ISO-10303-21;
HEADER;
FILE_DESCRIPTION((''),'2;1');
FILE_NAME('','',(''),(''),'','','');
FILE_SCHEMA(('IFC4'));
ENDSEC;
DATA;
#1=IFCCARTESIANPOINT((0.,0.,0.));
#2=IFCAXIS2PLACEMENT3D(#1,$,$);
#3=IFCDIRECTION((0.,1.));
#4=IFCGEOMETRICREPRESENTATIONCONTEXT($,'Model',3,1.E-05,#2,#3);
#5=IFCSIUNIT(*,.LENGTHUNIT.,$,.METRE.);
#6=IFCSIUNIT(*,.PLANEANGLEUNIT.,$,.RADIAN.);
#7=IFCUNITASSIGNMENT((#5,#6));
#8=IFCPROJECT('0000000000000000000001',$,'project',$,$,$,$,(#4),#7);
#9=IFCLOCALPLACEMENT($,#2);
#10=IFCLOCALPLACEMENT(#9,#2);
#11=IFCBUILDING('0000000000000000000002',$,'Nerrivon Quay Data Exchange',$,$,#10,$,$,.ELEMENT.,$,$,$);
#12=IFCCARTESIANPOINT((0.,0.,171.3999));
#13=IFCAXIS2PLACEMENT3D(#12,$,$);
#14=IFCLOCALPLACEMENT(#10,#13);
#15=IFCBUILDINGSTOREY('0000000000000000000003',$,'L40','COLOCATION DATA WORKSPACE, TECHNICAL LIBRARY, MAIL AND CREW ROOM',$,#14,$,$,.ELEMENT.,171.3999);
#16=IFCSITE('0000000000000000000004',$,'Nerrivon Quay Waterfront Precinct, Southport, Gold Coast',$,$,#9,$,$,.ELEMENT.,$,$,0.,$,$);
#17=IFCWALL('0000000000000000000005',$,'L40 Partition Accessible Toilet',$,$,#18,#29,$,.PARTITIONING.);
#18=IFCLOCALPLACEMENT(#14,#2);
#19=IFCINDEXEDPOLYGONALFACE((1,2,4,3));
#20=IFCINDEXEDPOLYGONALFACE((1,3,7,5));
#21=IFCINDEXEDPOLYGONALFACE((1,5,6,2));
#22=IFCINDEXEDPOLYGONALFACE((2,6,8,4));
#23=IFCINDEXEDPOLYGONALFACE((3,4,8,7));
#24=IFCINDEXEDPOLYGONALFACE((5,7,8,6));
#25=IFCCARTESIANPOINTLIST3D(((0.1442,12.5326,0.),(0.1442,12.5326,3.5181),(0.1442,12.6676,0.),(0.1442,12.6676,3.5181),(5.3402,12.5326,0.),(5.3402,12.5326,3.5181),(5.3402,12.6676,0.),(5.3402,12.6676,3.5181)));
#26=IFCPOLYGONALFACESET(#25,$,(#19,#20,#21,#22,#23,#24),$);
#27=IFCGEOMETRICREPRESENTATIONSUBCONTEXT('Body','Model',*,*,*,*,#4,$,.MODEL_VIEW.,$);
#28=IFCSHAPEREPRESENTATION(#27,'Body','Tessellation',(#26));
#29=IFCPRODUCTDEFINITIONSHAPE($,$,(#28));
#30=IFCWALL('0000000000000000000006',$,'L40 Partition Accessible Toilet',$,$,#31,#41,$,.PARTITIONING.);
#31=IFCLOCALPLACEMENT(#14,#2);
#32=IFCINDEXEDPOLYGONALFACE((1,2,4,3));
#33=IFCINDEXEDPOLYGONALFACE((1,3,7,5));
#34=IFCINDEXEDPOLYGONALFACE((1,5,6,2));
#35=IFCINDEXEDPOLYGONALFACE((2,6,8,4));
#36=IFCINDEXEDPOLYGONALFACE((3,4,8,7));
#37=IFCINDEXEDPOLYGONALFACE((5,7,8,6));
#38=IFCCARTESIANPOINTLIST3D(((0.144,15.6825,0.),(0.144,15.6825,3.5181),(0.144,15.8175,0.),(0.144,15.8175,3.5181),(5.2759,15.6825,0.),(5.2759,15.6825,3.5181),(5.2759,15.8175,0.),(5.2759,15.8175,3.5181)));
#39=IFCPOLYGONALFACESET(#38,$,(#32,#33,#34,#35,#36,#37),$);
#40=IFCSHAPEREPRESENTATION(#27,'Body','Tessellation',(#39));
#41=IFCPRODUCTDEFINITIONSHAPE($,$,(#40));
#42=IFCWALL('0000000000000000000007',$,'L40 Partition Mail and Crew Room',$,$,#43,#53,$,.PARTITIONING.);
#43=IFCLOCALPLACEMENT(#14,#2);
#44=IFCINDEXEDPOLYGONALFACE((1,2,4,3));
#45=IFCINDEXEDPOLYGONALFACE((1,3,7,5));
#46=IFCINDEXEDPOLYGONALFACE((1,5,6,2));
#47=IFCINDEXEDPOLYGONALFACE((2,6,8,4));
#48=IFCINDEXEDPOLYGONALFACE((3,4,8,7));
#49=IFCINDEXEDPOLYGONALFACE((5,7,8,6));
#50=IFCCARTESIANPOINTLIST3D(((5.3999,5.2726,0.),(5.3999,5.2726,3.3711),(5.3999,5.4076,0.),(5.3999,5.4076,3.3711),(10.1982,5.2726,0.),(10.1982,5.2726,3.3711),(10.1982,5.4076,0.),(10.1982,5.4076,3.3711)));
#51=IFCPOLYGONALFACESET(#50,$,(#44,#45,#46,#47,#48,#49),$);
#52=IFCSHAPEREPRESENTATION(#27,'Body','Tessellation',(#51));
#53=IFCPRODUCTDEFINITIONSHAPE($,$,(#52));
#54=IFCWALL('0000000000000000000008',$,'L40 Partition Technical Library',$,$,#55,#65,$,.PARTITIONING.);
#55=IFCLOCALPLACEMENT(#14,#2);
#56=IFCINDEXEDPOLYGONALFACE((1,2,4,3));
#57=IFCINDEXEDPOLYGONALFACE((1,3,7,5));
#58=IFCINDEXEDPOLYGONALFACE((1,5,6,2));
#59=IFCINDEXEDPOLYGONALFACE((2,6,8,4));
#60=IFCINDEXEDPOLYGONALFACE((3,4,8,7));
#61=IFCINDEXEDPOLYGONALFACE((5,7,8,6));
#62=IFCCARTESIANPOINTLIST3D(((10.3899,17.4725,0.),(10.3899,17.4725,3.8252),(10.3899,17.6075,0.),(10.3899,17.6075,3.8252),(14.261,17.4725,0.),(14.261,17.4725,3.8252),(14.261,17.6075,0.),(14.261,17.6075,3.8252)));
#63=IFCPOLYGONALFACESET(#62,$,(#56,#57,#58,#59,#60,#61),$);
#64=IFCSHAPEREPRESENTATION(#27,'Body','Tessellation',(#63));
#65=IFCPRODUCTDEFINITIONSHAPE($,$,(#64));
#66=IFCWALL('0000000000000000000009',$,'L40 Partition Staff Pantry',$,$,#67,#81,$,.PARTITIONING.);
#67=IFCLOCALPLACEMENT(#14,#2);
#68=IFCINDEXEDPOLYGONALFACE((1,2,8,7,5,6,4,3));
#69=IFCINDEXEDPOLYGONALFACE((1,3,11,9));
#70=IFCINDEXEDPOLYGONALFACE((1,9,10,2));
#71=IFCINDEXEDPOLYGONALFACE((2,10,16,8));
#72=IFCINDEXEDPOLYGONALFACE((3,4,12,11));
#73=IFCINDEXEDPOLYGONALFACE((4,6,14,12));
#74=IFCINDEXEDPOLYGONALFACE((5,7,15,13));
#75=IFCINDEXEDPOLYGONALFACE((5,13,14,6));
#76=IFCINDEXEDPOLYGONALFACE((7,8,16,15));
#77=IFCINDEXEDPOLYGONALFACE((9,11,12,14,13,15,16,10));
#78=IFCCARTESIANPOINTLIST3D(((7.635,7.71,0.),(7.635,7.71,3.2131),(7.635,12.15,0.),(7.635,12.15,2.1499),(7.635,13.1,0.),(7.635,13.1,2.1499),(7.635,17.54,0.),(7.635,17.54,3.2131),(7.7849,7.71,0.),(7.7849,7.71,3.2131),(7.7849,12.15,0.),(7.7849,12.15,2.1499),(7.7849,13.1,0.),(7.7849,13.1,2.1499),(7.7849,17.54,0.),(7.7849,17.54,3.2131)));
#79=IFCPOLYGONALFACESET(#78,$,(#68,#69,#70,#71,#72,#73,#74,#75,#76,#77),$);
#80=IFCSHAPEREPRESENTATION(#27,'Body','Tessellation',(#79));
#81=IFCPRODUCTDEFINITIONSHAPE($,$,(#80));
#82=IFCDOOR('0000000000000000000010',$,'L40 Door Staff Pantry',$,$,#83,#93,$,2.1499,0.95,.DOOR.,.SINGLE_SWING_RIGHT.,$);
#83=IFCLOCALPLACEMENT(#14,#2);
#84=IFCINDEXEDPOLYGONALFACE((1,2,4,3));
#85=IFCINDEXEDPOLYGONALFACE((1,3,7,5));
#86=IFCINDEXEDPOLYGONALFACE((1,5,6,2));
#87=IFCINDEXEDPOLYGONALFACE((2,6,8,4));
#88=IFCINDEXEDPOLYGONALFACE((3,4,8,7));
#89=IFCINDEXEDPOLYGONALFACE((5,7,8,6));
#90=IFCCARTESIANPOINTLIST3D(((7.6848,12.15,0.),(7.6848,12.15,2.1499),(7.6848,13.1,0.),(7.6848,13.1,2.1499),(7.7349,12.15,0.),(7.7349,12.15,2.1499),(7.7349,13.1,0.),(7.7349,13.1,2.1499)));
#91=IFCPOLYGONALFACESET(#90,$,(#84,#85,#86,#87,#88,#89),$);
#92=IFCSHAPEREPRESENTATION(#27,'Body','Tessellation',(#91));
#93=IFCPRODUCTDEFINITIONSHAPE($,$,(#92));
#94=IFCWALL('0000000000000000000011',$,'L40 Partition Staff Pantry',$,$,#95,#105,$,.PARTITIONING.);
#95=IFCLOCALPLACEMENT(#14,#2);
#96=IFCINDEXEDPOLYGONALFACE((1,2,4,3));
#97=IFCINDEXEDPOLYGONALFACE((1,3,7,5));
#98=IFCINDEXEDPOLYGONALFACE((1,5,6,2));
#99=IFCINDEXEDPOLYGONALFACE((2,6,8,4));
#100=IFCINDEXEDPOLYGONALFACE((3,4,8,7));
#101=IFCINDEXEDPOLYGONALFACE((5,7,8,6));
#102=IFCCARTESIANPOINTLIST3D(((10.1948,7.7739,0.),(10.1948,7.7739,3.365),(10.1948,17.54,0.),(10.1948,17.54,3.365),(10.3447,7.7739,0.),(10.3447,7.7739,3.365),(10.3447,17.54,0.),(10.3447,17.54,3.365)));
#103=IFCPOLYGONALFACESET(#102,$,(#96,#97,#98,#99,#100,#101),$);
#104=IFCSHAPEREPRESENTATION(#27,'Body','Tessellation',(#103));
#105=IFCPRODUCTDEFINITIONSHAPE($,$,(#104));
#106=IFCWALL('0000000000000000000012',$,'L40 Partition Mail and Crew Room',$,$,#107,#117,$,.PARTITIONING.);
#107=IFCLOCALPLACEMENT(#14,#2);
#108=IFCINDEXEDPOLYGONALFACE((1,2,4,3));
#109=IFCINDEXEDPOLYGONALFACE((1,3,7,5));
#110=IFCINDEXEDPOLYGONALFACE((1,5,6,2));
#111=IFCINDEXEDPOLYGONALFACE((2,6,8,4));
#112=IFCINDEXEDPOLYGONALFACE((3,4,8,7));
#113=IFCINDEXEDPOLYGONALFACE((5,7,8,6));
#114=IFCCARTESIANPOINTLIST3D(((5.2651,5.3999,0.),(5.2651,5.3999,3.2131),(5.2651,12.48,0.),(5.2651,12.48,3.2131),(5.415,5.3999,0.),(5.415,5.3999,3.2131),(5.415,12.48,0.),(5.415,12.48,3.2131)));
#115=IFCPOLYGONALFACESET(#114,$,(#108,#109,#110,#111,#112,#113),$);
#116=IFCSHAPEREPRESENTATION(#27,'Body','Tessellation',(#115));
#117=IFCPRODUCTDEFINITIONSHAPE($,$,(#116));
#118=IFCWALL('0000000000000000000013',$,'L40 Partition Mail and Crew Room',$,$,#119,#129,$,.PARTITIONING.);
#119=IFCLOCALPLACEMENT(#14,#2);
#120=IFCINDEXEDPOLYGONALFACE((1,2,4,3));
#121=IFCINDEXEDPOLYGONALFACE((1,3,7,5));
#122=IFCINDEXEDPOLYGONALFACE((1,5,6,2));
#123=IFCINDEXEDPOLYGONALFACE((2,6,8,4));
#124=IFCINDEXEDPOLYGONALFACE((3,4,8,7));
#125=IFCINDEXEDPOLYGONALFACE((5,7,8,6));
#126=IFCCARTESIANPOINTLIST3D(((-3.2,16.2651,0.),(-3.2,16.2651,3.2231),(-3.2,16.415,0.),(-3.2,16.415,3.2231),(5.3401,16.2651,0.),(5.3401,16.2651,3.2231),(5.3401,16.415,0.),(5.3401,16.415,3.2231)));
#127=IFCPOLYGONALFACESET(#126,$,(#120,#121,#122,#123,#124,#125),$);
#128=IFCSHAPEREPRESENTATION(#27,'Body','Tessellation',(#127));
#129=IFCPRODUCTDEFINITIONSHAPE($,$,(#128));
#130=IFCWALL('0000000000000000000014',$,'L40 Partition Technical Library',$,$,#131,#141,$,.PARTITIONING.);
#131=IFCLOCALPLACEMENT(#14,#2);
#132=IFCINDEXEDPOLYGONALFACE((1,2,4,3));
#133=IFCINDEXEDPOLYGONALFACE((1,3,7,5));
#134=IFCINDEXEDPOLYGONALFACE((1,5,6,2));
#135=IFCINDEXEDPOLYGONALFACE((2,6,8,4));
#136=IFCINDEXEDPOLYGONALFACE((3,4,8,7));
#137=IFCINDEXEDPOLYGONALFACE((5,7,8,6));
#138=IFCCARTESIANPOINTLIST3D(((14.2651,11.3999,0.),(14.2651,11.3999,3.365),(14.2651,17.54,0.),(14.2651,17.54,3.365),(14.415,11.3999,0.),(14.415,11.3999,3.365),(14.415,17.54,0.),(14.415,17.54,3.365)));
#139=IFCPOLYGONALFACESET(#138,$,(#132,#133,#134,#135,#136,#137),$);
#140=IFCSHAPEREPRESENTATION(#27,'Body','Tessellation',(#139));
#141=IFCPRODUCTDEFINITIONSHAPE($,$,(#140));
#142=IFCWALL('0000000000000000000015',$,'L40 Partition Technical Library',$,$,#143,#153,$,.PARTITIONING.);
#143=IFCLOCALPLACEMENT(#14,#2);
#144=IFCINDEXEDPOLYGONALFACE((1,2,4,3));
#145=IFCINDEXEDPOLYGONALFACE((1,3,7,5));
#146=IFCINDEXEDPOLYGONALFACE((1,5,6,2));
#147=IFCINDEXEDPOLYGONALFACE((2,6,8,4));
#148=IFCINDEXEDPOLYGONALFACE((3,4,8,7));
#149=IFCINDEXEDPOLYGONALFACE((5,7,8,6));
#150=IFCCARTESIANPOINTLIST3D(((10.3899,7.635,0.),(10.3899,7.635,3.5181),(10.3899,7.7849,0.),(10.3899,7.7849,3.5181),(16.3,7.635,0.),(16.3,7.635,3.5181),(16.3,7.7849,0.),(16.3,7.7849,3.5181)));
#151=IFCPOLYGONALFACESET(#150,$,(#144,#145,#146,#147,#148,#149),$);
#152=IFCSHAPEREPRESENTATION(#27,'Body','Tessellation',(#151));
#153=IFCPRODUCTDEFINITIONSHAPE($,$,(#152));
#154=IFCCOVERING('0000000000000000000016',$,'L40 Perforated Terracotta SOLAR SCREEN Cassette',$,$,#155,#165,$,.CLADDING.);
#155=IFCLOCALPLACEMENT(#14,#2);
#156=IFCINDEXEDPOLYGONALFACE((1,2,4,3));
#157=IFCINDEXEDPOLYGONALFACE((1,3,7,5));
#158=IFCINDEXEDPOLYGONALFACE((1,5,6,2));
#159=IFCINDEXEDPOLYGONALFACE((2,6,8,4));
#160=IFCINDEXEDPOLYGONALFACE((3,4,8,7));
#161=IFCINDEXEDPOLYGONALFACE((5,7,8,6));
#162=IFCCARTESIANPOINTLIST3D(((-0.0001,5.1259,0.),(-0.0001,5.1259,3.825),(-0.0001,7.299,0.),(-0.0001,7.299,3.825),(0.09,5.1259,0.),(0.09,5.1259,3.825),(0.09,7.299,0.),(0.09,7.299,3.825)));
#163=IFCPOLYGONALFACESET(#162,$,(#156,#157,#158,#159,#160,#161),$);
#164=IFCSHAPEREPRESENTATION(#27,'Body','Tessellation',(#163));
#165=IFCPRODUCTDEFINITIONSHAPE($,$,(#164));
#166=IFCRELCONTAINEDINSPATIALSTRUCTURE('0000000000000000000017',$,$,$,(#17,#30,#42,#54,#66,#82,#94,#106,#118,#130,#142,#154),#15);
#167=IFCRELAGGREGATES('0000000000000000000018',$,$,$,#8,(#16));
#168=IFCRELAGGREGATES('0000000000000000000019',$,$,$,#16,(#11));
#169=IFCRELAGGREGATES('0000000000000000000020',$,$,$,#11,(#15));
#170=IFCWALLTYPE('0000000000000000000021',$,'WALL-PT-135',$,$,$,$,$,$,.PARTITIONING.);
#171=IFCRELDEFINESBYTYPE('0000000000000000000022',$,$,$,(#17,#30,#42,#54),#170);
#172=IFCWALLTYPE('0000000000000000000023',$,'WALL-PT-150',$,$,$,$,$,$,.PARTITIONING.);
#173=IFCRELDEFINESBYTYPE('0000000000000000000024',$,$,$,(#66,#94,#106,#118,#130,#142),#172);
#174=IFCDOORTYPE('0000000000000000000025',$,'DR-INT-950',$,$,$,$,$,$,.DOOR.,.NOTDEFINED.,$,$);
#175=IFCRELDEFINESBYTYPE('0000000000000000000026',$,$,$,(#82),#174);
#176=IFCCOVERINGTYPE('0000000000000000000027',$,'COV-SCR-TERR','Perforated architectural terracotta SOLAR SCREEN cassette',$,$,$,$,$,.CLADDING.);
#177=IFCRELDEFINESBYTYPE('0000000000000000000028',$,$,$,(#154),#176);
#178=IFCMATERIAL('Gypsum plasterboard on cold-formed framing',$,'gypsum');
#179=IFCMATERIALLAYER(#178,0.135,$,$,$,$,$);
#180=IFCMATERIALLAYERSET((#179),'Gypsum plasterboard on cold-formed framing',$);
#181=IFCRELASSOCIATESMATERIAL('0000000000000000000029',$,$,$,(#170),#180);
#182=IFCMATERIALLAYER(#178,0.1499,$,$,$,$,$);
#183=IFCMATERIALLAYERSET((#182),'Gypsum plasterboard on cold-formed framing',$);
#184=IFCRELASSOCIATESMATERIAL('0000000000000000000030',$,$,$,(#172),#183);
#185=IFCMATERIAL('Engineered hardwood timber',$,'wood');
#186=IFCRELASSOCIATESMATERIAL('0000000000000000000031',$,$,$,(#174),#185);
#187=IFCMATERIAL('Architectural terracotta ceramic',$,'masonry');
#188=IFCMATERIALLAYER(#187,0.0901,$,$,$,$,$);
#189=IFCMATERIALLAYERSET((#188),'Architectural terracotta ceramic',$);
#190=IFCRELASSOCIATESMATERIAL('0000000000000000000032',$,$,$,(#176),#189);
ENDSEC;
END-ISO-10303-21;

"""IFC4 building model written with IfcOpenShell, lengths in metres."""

from ifc_helpers import new_model, si_unit, direction, frame, frame_2d, origin, origin_2d, place, context, subcontext, project, spatial, rectangle, extrude, material, layer, layer_set, type_object, element, fill, save


model = new_model("IFC4")

# Units and contexts
model_context = context("Model", 3, precision=1e-05, world=origin(), true_north=direction((0.0, 1.0)))
body_context = subcontext(model_context, "Body", "Model", "MODEL_VIEW")
ifc_project = project(units=[si_unit("LENGTHUNIT", "METRE"), si_unit("PLANEANGLEUNIT", "RADIAN")], contexts=[model_context])

# Site, building, storey
site_placement = place(None, origin())
site = spatial("IfcSite", under=ifc_project, at=site_placement, Name="Nerrivon Quay Waterfront Precinct, Southport, Gold Coast", CompositionType="ELEMENT", RefElevation=0.0)
building_placement = place(site_placement, origin())
building = spatial("IfcBuilding", under=site, at=building_placement, Name="Nerrivon Quay Data Exchange", CompositionType="ELEMENT")
storey_placement = place(building_placement, frame((0.0, 0.0, 171.3999)))
storey = spatial("IfcBuildingStorey", under=building, at=storey_placement, Name="L40", Description="COLOCATION DATA WORKSPACE, TECHNICAL LIBRARY, MAIL AND CREW ROOM", CompositionType="ELEMENT", Elevation=171.3999)

# Shared definitions
ifc_material_1 = material(Name="Gypsum plasterboard on cold-formed framing", Category="gypsum")

# Shared definitions
ifc_material_2 = material(Name="Engineered hardwood timber", Category="wood")

# Walls
ifc_layer_1 = layer(ifc_material_1, 0.135)
ifc_layer_set_1 = layer_set([ifc_layer_1], Name="Gypsum plasterboard on cold-formed framing")
wall_type_1 = type_object("IfcWallType", Name="WALL-PT-135", PredefinedType="PARTITIONING", material=ifc_layer_set_1)
wall_1_placement = place(storey_placement, frame((0.144, 12.6001, 0.0), z_axis=(0.0, 0.0, 1.0), x_axis=(1.0, 0.0, 0.0)))
element("IfcWall", 1, at=wall_1_placement, inside=storey, type_object=wall_type_1, Name="L40 Partition Accessible Toilet", PredefinedType="PARTITIONING", context=body_context, shape_type="SweptSolid", body=[
    extrude(rectangle(XDim=5.196, YDim=0.135, at=frame_2d((2.5981, 0.0))), origin(), (0.0, 0.0, 1.0), 3.5181),
])
wall_2_placement = place(storey_placement, frame((5.2759, 15.75, 0.0), z_axis=(0.0, 0.0, 1.0), x_axis=(-1.0, 0.0, 0.0)))
element("IfcWall", 2, at=wall_2_placement, inside=storey, type_object=wall_type_1, Name="L40 Partition Accessible Toilet", PredefinedType="PARTITIONING", context=body_context, shape_type="SweptSolid", body=[
    extrude(rectangle(XDim=5.1318, YDim=0.135, at=frame_2d((2.5659, 0.0))), origin(), (0.0, 0.0, 1.0), 3.5181),
])
wall_3_placement = place(storey_placement, frame((10.1982, 5.3401, 0.0), z_axis=(0.0, 0.0, 1.0), x_axis=(-1.0, 0.0, 0.0)))
element("IfcWall", 3, at=wall_3_placement, inside=storey, type_object=wall_type_1, Name="L40 Partition Mail and Crew Room", PredefinedType="PARTITIONING", context=body_context, shape_type="SweptSolid", body=[
    extrude(rectangle(XDim=4.7983, YDim=0.135, at=frame_2d((2.3992, 0.0))), origin(), (0.0, 0.0, 1.0), 3.3711),
])
wall_4_placement = place(storey_placement, frame((14.261, 17.54, 0.0), z_axis=(0.0, 0.0, 1.0), x_axis=(-1.0, 0.0, 0.0)))
element("IfcWall", 4, at=wall_4_placement, inside=storey, type_object=wall_type_1, Name="L40 Partition Technical Library", PredefinedType="PARTITIONING", context=body_context, shape_type="SweptSolid", body=[
    extrude(rectangle(XDim=3.8711, YDim=0.135, at=frame_2d((1.9355, 0.0))), origin(), (0.0, 0.0, 1.0), 3.8252),
])

# Wall, opening, door
ifc_layer_2 = layer(ifc_material_1, 0.1499)
ifc_layer_set_2 = layer_set([ifc_layer_2], Name="Gypsum plasterboard on cold-formed framing")
wall_type_2 = type_object("IfcWallType", Name="WALL-PT-150", PredefinedType="PARTITIONING", material=ifc_layer_set_2)
wall_5_placement = place(storey_placement, frame((7.71, 17.54, 0.0), z_axis=(0.0, 0.0, 1.0), x_axis=(0.0, -1.0, 0.0)))
wall_5 = element("IfcWall", 5, at=wall_5_placement, inside=storey, type_object=wall_type_2, Name="L40 Partition Staff Pantry", PredefinedType="PARTITIONING", context=body_context, shape_type="SweptSolid", body=[
    extrude(rectangle(XDim=9.8301, YDim=0.1499, at=frame_2d((4.915, 0.0))), origin(), (0.0, 0.0, 1.0), 3.2131),
])
opening_1_placement = place(wall_5_placement, frame((4.4399, 0.0, 0.0)))
opening_1 = element("IfcOpeningElement", 6, at=opening_1_placement, cuts=wall_5, PredefinedType="OPENING", context=body_context, shape_type="SweptSolid", body=[
    extrude(rectangle(XDim=0.95, YDim=2.1499, at=frame_2d((0.4751, 1.075))), frame((0.0, 0.085, 0.0), z_axis=(0.0, -1.0, 0.0), x_axis=(1.0, 0.0, 0.0)), (0.0, 0.0, 1.0), 0.1699),
])
door_type_1 = type_object("IfcDoorType", Name="DR-INT-950", OperationType="NOTDEFINED", PredefinedType="DOOR", material=ifc_material_2)
door_1_placement = place(opening_1_placement, origin())
door_1 = element("IfcDoor", 7, at=door_1_placement, inside=storey, type_object=door_type_1, Name="L40 Door Staff Pantry", OperationType="SINGLE_SWING_RIGHT", OverallHeight=2.1499, OverallWidth=0.95, PredefinedType="DOOR", context=body_context, shape_type="SweptSolid", body=[
    extrude(rectangle(XDim=0.95, YDim=2.1499, at=frame_2d((0.4751, 1.075))), frame((0.0, 0.0249, 0.0), z_axis=(0.0, -1.0, 0.0), x_axis=(1.0, 0.0, 0.0)), (0.0, 0.0, 1.0), 0.05),
])
fill(opening_1, door_1)

# Walls
wall_6_placement = place(storey_placement, frame((10.2698, 7.7739, 0.0), z_axis=(0.0, 0.0, 1.0), x_axis=(0.0, 1.0, 0.0)))
element("IfcWall", 8, at=wall_6_placement, inside=storey, type_object=wall_type_2, Name="L40 Partition Staff Pantry", PredefinedType="PARTITIONING", context=body_context, shape_type="SweptSolid", body=[
    extrude(rectangle(XDim=9.7661, YDim=0.1499, at=frame_2d((4.8831, 0.0))), origin(), (0.0, 0.0, 1.0), 3.365),
])
wall_7_placement = place(storey_placement, frame((5.3401, 5.3999, 0.0), z_axis=(0.0, 0.0, 1.0), x_axis=(0.0, 1.0, 0.0)))
element("IfcWall", 9, at=wall_7_placement, inside=storey, type_object=wall_type_2, Name="L40 Partition Mail and Crew Room", PredefinedType="PARTITIONING", context=body_context, shape_type="SweptSolid", body=[
    extrude(rectangle(XDim=7.0801, YDim=0.1499, at=frame_2d((3.54, 0.0))), origin(), (0.0, 0.0, 1.0), 3.2131),
])
wall_8_placement = place(storey_placement, frame((5.3401, 16.3401, 0.0), z_axis=(0.0, 0.0, 1.0), x_axis=(-1.0, 0.0, 0.0)))
element("IfcWall", 10, at=wall_8_placement, inside=storey, type_object=wall_type_2, Name="L40 Partition Mail and Crew Room", PredefinedType="PARTITIONING", context=body_context, shape_type="SweptSolid", body=[
    extrude(rectangle(XDim=8.54, YDim=0.1499, at=frame_2d((4.27, 0.0))), origin(), (0.0, 0.0, 1.0), 3.2231),
])
wall_9_placement = place(storey_placement, frame((14.3401, 11.3999, 0.0), z_axis=(0.0, 0.0, 1.0), x_axis=(0.0, 1.0, 0.0)))
element("IfcWall", 11, at=wall_9_placement, inside=storey, type_object=wall_type_2, Name="L40 Partition Technical Library", PredefinedType="PARTITIONING", context=body_context, shape_type="SweptSolid", body=[
    extrude(rectangle(XDim=6.1401, YDim=0.1499, at=frame_2d((3.0701, 0.0))), origin(), (0.0, 0.0, 1.0), 3.365),
])
wall_10_placement = place(storey_placement, frame((10.3899, 7.71, 0.0), z_axis=(0.0, 0.0, 1.0), x_axis=(1.0, 0.0, 0.0)))
element("IfcWall", 12, at=wall_10_placement, inside=storey, type_object=wall_type_2, Name="L40 Partition Technical Library", PredefinedType="PARTITIONING", context=body_context, shape_type="SweptSolid", body=[
    extrude(rectangle(XDim=5.9102, YDim=0.1499, at=frame_2d((2.9551, 0.0))), origin(), (0.0, 0.0, 1.0), 3.5181),
])

# Covering
ifc_material_3 = material(Name="Architectural terracotta ceramic", Category="masonry")
ifc_layer_3 = layer(ifc_material_3, 0.0901)
ifc_layer_set_3 = layer_set([ifc_layer_3], Name="Architectural terracotta ceramic")
covering_type = type_object("IfcCoveringType", Name="COV-SCR-TERR", Description="Perforated architectural terracotta SOLAR SCREEN cassette", PredefinedType="CLADDING", material=ifc_layer_set_3)
covering_placement = place(storey_placement, frame((0.0449, 6.2124, 0.0), z_axis=(0.0, 0.0, 1.0), x_axis=(0.0, 1.0, 0.0)))
element("IfcCovering", 13, at=covering_placement, inside=storey, type_object=covering_type, Name="L40 Perforated Terracotta SOLAR SCREEN Cassette", PredefinedType="CLADDING", context=body_context, shape_type="SweptSolid", body=[
    extrude(rectangle(XDim=2.1731, YDim=0.0901, at=origin_2d()), origin(), (0.0, 0.0, 1.0), 3.825),
])

save(model, "model.ifc")
